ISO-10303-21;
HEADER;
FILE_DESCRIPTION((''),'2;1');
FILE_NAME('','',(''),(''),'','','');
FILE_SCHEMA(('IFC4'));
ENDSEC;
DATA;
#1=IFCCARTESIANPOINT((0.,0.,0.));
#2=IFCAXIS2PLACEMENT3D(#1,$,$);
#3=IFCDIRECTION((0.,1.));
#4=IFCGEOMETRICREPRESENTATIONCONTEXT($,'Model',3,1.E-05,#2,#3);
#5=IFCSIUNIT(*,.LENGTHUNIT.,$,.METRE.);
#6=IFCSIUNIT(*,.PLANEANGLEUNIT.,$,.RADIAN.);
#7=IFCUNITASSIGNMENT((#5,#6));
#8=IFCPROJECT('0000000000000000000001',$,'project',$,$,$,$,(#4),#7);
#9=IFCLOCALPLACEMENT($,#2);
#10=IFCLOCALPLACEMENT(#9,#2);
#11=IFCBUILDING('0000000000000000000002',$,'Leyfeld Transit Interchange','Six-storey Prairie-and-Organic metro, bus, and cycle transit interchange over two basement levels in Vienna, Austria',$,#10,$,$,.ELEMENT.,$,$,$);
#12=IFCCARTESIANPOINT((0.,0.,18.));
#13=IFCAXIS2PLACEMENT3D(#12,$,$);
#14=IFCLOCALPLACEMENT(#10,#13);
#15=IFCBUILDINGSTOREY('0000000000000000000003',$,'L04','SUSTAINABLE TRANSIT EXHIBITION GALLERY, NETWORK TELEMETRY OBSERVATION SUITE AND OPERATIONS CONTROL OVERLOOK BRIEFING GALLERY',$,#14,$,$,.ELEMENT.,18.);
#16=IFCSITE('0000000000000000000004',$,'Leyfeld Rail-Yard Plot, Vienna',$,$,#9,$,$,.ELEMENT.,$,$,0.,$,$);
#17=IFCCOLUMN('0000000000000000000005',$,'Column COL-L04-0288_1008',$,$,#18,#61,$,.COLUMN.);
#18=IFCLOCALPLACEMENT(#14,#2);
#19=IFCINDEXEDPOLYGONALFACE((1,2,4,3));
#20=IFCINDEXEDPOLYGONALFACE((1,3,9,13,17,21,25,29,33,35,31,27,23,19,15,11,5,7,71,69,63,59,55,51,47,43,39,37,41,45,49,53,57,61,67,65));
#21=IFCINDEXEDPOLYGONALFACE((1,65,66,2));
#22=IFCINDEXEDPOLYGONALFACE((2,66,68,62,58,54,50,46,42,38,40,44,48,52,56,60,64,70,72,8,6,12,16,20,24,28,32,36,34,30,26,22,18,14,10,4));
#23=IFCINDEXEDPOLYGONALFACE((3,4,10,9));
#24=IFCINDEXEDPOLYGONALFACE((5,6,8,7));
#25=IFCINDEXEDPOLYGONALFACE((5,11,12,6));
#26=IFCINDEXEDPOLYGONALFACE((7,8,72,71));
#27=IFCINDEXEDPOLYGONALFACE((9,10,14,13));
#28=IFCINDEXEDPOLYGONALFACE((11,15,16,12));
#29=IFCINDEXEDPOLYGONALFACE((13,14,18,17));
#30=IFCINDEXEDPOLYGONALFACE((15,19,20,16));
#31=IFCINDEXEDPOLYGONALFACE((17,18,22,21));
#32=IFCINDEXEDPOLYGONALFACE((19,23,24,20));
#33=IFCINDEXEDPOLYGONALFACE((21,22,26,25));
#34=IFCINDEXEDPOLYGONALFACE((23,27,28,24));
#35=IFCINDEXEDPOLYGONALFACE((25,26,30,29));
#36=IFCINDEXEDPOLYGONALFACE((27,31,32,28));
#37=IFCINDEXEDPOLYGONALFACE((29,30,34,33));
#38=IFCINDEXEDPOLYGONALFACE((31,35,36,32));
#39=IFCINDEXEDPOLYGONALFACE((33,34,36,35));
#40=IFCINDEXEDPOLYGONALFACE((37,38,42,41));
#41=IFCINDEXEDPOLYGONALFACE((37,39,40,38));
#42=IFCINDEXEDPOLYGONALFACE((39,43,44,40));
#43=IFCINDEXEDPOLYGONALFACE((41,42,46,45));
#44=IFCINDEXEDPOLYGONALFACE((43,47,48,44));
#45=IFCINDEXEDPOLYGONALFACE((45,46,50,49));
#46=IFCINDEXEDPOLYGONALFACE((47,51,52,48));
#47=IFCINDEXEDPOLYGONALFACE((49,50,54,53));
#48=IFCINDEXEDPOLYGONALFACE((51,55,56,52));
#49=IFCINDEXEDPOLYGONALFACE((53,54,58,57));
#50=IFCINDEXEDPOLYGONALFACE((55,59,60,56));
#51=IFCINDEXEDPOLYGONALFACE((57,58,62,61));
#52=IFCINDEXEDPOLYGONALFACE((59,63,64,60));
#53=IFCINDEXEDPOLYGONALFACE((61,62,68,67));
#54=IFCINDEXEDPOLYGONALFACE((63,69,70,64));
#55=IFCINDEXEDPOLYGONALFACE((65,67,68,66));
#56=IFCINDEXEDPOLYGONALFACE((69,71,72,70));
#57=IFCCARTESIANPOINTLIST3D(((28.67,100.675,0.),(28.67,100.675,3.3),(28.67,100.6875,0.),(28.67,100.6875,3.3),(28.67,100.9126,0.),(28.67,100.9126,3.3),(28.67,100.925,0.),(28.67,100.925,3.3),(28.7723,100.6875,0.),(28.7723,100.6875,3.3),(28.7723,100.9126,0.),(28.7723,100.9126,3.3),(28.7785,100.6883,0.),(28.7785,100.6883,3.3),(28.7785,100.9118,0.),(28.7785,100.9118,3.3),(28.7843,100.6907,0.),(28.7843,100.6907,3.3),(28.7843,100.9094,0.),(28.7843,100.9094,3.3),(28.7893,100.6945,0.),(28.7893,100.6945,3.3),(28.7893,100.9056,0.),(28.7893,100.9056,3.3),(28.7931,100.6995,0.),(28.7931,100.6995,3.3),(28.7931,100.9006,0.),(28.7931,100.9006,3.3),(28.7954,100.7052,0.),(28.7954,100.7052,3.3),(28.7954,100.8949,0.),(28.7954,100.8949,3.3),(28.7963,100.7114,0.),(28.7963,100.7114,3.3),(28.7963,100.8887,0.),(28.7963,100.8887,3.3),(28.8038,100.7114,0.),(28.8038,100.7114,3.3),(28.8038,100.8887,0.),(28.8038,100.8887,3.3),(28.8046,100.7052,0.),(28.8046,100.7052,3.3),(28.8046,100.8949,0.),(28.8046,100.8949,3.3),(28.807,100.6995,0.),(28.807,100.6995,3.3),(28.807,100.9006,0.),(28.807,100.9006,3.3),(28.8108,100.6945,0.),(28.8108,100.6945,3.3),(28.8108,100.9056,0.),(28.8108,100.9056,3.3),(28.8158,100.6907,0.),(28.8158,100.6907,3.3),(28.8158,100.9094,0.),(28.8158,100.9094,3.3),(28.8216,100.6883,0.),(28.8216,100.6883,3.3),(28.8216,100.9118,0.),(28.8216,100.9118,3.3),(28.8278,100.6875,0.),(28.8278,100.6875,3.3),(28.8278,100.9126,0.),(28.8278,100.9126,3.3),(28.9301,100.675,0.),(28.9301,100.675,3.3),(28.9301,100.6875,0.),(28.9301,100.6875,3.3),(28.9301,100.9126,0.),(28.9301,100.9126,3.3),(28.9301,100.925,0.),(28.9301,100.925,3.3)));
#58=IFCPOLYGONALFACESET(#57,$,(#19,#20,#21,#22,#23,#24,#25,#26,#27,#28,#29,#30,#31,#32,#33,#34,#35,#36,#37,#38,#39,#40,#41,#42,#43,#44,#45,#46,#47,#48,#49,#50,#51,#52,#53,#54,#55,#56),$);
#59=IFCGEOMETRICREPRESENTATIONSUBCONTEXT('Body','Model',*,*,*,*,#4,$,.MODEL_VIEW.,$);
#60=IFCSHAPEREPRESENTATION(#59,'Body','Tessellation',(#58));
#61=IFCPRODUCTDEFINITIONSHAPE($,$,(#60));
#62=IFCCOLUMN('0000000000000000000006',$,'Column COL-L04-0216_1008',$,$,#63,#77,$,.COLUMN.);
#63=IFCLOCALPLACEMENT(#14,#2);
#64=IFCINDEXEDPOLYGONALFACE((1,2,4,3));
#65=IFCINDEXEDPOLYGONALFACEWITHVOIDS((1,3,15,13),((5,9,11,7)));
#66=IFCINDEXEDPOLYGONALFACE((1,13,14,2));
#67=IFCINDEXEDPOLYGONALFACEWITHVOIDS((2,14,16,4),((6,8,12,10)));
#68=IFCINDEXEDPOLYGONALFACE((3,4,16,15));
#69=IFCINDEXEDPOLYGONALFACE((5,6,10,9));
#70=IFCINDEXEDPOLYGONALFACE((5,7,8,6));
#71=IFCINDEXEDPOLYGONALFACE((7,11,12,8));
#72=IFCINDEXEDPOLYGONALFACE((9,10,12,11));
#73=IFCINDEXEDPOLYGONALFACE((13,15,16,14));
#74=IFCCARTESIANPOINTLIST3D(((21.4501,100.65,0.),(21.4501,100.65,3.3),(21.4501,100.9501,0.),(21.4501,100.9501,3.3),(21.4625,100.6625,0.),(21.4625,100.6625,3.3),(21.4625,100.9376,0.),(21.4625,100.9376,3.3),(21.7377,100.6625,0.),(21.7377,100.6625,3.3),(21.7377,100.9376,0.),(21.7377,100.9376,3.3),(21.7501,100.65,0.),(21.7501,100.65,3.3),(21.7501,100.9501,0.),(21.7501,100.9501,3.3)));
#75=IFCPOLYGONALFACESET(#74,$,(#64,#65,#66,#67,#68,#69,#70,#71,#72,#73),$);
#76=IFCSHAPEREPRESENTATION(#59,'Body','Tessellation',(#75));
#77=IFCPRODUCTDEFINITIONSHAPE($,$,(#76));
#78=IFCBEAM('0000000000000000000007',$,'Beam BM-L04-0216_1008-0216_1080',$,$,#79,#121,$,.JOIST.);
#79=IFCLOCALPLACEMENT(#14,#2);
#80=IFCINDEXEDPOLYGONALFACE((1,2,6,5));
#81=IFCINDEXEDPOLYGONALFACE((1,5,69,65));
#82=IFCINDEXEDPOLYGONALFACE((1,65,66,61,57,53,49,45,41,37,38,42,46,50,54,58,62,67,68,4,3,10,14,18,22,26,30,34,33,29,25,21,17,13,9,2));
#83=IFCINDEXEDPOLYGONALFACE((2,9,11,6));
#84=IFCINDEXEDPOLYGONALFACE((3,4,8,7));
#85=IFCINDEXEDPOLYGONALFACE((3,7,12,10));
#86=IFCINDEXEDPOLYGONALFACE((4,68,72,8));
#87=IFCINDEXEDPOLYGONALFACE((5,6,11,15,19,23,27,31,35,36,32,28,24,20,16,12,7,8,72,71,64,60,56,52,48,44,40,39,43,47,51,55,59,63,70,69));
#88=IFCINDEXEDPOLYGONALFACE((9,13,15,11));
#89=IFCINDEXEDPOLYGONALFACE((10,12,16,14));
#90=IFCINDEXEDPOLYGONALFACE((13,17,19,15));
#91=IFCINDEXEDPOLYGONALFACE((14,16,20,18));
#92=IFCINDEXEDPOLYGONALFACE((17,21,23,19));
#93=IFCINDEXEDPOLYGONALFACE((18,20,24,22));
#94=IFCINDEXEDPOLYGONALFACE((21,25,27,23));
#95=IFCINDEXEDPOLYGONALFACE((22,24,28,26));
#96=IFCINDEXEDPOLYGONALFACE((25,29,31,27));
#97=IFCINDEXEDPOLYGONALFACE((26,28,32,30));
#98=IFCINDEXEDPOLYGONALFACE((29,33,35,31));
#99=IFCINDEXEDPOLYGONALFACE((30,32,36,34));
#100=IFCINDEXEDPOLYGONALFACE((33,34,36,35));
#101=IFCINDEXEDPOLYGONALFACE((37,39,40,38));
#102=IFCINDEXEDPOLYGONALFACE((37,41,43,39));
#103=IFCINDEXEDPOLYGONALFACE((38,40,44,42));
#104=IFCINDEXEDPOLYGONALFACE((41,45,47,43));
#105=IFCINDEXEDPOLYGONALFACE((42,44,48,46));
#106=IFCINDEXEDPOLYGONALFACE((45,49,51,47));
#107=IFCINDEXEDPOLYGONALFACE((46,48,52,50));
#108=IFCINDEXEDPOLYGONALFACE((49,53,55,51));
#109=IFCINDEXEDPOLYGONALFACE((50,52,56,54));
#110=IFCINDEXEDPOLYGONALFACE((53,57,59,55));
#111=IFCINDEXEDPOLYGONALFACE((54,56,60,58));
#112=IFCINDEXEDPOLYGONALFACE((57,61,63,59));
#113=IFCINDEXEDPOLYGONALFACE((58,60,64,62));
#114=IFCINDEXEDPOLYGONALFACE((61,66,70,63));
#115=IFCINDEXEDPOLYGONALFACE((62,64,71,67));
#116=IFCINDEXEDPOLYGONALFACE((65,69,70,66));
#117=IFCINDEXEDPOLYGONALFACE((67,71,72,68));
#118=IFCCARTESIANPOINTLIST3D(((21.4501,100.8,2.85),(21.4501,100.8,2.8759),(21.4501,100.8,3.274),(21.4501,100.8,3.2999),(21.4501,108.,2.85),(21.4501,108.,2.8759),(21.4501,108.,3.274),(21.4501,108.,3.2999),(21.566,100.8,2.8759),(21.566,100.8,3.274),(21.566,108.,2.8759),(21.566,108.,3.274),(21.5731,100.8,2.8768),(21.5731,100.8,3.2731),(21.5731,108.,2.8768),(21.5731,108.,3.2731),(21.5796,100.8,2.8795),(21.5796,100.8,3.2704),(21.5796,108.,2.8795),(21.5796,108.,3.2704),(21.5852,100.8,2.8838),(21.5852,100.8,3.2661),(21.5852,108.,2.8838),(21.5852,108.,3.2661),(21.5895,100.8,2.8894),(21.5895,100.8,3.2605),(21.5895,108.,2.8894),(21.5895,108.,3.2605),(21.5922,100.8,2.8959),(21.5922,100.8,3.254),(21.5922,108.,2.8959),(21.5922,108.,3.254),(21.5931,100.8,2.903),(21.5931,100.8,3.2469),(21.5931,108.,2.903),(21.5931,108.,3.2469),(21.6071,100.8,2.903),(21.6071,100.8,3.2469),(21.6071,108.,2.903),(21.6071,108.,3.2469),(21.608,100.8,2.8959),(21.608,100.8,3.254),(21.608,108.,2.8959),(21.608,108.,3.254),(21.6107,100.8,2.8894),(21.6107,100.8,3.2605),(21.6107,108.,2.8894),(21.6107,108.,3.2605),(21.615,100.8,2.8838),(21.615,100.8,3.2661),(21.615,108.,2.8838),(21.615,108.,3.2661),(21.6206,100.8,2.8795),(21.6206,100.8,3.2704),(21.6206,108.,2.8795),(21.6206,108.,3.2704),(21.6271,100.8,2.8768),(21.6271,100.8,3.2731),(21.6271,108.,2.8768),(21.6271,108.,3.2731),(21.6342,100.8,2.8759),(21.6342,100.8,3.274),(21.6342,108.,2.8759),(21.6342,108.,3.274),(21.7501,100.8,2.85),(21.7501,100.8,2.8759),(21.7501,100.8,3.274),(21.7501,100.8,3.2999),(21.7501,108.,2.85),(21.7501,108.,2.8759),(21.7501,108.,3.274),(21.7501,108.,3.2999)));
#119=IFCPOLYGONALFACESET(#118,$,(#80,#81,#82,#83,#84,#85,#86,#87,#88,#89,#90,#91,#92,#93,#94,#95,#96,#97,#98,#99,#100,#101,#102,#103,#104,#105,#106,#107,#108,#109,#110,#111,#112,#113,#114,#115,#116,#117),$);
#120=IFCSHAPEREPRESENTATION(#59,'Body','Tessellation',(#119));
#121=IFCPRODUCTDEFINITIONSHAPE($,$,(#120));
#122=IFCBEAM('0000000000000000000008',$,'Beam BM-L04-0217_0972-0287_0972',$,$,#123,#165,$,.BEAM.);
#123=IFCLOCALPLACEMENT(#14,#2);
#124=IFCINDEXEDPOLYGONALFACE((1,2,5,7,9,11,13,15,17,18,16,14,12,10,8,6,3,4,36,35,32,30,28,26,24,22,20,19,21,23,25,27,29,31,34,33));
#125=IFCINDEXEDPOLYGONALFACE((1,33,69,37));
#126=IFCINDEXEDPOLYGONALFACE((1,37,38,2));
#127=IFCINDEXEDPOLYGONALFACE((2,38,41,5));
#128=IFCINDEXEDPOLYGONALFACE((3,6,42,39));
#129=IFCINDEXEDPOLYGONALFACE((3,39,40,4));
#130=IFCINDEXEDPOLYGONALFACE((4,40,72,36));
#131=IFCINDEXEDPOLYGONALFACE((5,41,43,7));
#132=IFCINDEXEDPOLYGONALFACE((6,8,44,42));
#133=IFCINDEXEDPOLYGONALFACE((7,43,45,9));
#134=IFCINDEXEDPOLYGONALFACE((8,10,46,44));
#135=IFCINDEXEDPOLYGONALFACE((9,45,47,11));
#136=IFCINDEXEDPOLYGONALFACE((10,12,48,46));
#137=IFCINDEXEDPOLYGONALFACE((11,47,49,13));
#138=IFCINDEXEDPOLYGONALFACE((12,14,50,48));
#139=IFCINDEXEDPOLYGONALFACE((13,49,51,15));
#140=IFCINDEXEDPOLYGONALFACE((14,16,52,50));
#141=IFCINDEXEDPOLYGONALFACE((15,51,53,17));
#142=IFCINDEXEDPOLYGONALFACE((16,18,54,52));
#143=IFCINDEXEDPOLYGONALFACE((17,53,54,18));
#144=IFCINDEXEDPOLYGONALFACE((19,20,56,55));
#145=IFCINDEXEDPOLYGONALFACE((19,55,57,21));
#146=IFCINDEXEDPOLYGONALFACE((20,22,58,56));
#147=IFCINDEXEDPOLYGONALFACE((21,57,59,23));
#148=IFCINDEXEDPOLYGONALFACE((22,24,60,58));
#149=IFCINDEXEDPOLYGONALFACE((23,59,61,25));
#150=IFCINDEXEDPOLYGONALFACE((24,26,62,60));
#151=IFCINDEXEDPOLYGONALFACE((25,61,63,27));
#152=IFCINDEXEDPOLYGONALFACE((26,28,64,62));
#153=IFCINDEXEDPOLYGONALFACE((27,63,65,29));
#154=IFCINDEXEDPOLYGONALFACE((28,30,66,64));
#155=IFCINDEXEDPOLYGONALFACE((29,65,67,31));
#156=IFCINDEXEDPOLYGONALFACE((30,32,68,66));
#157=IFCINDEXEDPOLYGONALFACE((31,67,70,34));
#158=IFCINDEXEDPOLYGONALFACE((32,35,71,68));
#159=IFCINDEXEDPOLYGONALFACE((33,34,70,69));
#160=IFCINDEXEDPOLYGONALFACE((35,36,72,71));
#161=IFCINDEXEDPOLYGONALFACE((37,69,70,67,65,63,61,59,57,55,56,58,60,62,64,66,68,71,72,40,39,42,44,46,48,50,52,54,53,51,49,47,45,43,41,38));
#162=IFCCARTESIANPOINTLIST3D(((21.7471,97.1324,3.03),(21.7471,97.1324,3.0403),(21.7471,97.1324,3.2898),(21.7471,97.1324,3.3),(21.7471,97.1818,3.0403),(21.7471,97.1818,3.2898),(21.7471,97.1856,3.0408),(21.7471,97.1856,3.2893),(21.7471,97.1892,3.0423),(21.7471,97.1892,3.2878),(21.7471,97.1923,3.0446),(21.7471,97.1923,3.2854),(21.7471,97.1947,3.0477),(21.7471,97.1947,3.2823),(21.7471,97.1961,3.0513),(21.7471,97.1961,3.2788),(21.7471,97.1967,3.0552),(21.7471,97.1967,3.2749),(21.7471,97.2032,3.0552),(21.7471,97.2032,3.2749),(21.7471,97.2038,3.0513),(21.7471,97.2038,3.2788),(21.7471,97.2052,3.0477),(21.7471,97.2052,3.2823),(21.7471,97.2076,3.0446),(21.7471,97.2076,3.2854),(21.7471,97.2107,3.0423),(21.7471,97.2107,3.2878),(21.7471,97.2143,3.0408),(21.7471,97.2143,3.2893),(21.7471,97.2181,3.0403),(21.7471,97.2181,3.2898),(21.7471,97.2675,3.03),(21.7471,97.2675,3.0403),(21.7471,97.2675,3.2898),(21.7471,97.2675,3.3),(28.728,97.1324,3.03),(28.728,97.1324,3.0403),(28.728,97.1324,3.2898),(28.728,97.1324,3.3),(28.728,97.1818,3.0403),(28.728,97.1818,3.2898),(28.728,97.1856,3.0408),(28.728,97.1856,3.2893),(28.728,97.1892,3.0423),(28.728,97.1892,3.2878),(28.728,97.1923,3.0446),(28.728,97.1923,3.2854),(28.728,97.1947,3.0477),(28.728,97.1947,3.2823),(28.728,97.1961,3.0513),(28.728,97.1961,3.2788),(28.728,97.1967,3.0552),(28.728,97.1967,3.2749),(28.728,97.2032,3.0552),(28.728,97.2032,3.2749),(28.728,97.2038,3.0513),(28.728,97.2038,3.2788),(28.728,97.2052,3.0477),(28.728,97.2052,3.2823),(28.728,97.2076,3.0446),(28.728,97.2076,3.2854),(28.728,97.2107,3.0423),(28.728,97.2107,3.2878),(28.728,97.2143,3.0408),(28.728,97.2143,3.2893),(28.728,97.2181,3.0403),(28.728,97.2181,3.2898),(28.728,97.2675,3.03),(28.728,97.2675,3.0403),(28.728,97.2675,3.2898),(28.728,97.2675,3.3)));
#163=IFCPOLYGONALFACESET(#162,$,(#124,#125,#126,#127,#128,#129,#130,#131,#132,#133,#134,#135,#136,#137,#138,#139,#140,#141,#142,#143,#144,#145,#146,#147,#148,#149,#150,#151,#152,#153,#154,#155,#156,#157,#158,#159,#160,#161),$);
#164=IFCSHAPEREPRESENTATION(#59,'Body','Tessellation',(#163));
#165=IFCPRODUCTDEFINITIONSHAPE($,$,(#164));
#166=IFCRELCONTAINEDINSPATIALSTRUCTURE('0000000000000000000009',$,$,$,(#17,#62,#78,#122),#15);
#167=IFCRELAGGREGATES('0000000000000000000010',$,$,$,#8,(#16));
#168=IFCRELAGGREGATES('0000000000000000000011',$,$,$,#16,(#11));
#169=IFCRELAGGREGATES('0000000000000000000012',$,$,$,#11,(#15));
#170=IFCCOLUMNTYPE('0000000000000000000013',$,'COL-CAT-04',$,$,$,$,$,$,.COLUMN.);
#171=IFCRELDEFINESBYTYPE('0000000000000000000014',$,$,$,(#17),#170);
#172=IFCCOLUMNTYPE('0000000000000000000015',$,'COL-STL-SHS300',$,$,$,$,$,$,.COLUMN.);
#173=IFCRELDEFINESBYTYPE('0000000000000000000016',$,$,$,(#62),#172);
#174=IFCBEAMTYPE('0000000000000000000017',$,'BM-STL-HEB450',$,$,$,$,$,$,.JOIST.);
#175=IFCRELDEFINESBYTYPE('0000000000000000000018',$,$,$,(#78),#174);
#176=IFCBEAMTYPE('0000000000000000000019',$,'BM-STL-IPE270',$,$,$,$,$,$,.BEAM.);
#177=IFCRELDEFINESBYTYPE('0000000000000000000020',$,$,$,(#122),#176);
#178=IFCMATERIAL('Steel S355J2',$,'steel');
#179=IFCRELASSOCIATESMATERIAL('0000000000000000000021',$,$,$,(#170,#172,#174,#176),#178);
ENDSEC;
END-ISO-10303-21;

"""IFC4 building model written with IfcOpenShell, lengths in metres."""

from ifc_helpers import new_model, si_unit, direction, frame, origin, origin_2d, place, context, subcontext, project, spatial, hollow_rectangle, i_section, extrude, material, material_profile, profile_set, type_object, element, save


model = new_model("IFC4")

# Units and contexts
model_context = context("Model", 3, precision=1e-05, world=origin(), true_north=direction((0.0, 1.0)))
body_context = subcontext(model_context, "Body", "Model", "MODEL_VIEW")
ifc_project = project(units=[si_unit("LENGTHUNIT", "METRE"), si_unit("PLANEANGLEUNIT", "RADIAN")], contexts=[model_context])

# Site, building, storey
site_placement = place(None, origin())
site = spatial("IfcSite", under=ifc_project, at=site_placement, Name="Leyfeld Rail-Yard Plot, Vienna", CompositionType="ELEMENT", RefElevation=0.0)
building_placement = place(site_placement, origin())
building = spatial("IfcBuilding", under=site, at=building_placement, Name="Leyfeld Transit Interchange", Description="Six-storey Prairie-and-Organic metro, bus, and cycle transit interchange over two basement levels in Vienna, Austria", CompositionType="ELEMENT")
storey_placement = place(building_placement, frame((0.0, 0.0, 18.0)))
storey = spatial("IfcBuildingStorey", under=building, at=storey_placement, Name="L04", Description="SUSTAINABLE TRANSIT EXHIBITION GALLERY, NETWORK TELEMETRY OBSERVATION SUITE AND OPERATIONS CONTROL OVERLOOK BRIEFING GALLERY", CompositionType="ELEMENT", Elevation=18.0)

# Columns
ifc_material_1 = material(Name="Steel S355J2", Category="steel")
ifc_material_profile_1 = material_profile(ifc_material_1, i_section(OverallWidth=0.26, OverallDepth=0.25, WebThickness=0.0076, FlangeThickness=0.0125, FilletRadius=0.0239, at=origin_2d()), Name="HEA 260")
ifc_profile_set_1 = profile_set([ifc_material_profile_1], Name="Steel S355J2")
column_type_1 = type_object("IfcColumnType", Name="COL-CAT-04", PredefinedType="COLUMN", material=ifc_profile_set_1)
column_1_placement = place(storey_placement, frame((28.8, 100.8, 0.0), z_axis=(0.0, 0.0, 1.0), x_axis=(1.0, 0.0, 0.0)))
element("IfcColumn", 1, at=column_1_placement, inside=storey, type_object=column_type_1, Name="Column COL-L04-0288_1008", PredefinedType="COLUMN", context=body_context, shape_type="SweptSolid", body=[
    extrude(i_section(OverallWidth=0.26, OverallDepth=0.25, WebThickness=0.0076, FlangeThickness=0.0125, FilletRadius=0.0239, at=origin_2d()), origin(), (0.0, 0.0, 1.0), 3.3),
])
ifc_material_profile_2 = material_profile(ifc_material_1, hollow_rectangle(XDim=0.3, YDim=0.3, WallThickness=0.0125, at=origin_2d()), Name="SHS 300x300x12.5")
ifc_profile_set_2 = profile_set([ifc_material_profile_2], Name="Steel S355J2")
column_type_2 = type_object("IfcColumnType", Name="COL-STL-SHS300", PredefinedType="COLUMN", material=ifc_profile_set_2)
column_2_placement = place(storey_placement, frame((21.6001, 100.8, 0.0), z_axis=(0.0, 0.0, 1.0), x_axis=(1.0, 0.0, 0.0)))
element("IfcColumn", 2, at=column_2_placement, inside=storey, type_object=column_type_2, Name="Column COL-L04-0216_1008", PredefinedType="COLUMN", context=body_context, shape_type="SweptSolid", body=[
    extrude(hollow_rectangle(XDim=0.3, YDim=0.3, WallThickness=0.0125, at=origin_2d()), origin(), (0.0, 0.0, 1.0), 3.3),
])

# Beams
ifc_material_profile_3 = material_profile(ifc_material_1, i_section(OverallWidth=0.3, OverallDepth=0.45, WebThickness=0.0139, FlangeThickness=0.0259, FilletRadius=0.0271, at=origin_2d()), Name="HEB 450")
ifc_profile_set_3 = profile_set([ifc_material_profile_3], Name="Steel S355J2")
beam_type_1 = type_object("IfcBeamType", Name="BM-STL-HEB450", PredefinedType="JOIST", material=ifc_profile_set_3)
beam_1_placement = place(storey_placement, frame((21.6001, 100.8, 3.075), z_axis=(0.0, 1.0, 0.0), x_axis=(-1.0, 0.0, 0.0)))
element("IfcBeam", 3, at=beam_1_placement, inside=storey, type_object=beam_type_1, Name="Beam BM-L04-0216_1008-0216_1080", PredefinedType="JOIST", context=body_context, shape_type="SweptSolid", body=[
    extrude(i_section(OverallWidth=0.3, OverallDepth=0.45, WebThickness=0.0139, FlangeThickness=0.0259, FilletRadius=0.0271, at=origin_2d()), origin(), (0.0, 0.0, 1.0), 7.2),
])
ifc_material_profile_4 = material_profile(ifc_material_1, i_section(OverallWidth=0.135, OverallDepth=0.27, WebThickness=0.0066, FlangeThickness=0.0103, FilletRadius=0.0149, at=origin_2d()), Name="IPE 270")
ifc_profile_set_4 = profile_set([ifc_material_profile_4], Name="Steel S355J2")
beam_type_2 = type_object("IfcBeamType", Name="BM-STL-IPE270", PredefinedType="BEAM", material=ifc_profile_set_4)
for number, where, z_axis, x_axis, name in (
    (4, (21.7471, 97.2, 3.165), (1.0, 0.0, 0.0), (0.0, 1.0, 0.0), "Beam BM-L04-0217_0972-0287_0972"),
):
    element("IfcBeam", number, at=place(storey_placement, frame(where, z_axis=z_axis, x_axis=x_axis)), inside=storey, type_object=beam_type_2, Name=name, PredefinedType="BEAM", context=body_context, shape_type="SweptSolid", body=[
        extrude(i_section(OverallWidth=0.135, OverallDepth=0.27, WebThickness=0.0066, FlangeThickness=0.0103, FilletRadius=0.0149, at=origin_2d()), origin(), (0.0, 0.0, 1.0), 6.981),
    ])

save(model, "model.ifc")
